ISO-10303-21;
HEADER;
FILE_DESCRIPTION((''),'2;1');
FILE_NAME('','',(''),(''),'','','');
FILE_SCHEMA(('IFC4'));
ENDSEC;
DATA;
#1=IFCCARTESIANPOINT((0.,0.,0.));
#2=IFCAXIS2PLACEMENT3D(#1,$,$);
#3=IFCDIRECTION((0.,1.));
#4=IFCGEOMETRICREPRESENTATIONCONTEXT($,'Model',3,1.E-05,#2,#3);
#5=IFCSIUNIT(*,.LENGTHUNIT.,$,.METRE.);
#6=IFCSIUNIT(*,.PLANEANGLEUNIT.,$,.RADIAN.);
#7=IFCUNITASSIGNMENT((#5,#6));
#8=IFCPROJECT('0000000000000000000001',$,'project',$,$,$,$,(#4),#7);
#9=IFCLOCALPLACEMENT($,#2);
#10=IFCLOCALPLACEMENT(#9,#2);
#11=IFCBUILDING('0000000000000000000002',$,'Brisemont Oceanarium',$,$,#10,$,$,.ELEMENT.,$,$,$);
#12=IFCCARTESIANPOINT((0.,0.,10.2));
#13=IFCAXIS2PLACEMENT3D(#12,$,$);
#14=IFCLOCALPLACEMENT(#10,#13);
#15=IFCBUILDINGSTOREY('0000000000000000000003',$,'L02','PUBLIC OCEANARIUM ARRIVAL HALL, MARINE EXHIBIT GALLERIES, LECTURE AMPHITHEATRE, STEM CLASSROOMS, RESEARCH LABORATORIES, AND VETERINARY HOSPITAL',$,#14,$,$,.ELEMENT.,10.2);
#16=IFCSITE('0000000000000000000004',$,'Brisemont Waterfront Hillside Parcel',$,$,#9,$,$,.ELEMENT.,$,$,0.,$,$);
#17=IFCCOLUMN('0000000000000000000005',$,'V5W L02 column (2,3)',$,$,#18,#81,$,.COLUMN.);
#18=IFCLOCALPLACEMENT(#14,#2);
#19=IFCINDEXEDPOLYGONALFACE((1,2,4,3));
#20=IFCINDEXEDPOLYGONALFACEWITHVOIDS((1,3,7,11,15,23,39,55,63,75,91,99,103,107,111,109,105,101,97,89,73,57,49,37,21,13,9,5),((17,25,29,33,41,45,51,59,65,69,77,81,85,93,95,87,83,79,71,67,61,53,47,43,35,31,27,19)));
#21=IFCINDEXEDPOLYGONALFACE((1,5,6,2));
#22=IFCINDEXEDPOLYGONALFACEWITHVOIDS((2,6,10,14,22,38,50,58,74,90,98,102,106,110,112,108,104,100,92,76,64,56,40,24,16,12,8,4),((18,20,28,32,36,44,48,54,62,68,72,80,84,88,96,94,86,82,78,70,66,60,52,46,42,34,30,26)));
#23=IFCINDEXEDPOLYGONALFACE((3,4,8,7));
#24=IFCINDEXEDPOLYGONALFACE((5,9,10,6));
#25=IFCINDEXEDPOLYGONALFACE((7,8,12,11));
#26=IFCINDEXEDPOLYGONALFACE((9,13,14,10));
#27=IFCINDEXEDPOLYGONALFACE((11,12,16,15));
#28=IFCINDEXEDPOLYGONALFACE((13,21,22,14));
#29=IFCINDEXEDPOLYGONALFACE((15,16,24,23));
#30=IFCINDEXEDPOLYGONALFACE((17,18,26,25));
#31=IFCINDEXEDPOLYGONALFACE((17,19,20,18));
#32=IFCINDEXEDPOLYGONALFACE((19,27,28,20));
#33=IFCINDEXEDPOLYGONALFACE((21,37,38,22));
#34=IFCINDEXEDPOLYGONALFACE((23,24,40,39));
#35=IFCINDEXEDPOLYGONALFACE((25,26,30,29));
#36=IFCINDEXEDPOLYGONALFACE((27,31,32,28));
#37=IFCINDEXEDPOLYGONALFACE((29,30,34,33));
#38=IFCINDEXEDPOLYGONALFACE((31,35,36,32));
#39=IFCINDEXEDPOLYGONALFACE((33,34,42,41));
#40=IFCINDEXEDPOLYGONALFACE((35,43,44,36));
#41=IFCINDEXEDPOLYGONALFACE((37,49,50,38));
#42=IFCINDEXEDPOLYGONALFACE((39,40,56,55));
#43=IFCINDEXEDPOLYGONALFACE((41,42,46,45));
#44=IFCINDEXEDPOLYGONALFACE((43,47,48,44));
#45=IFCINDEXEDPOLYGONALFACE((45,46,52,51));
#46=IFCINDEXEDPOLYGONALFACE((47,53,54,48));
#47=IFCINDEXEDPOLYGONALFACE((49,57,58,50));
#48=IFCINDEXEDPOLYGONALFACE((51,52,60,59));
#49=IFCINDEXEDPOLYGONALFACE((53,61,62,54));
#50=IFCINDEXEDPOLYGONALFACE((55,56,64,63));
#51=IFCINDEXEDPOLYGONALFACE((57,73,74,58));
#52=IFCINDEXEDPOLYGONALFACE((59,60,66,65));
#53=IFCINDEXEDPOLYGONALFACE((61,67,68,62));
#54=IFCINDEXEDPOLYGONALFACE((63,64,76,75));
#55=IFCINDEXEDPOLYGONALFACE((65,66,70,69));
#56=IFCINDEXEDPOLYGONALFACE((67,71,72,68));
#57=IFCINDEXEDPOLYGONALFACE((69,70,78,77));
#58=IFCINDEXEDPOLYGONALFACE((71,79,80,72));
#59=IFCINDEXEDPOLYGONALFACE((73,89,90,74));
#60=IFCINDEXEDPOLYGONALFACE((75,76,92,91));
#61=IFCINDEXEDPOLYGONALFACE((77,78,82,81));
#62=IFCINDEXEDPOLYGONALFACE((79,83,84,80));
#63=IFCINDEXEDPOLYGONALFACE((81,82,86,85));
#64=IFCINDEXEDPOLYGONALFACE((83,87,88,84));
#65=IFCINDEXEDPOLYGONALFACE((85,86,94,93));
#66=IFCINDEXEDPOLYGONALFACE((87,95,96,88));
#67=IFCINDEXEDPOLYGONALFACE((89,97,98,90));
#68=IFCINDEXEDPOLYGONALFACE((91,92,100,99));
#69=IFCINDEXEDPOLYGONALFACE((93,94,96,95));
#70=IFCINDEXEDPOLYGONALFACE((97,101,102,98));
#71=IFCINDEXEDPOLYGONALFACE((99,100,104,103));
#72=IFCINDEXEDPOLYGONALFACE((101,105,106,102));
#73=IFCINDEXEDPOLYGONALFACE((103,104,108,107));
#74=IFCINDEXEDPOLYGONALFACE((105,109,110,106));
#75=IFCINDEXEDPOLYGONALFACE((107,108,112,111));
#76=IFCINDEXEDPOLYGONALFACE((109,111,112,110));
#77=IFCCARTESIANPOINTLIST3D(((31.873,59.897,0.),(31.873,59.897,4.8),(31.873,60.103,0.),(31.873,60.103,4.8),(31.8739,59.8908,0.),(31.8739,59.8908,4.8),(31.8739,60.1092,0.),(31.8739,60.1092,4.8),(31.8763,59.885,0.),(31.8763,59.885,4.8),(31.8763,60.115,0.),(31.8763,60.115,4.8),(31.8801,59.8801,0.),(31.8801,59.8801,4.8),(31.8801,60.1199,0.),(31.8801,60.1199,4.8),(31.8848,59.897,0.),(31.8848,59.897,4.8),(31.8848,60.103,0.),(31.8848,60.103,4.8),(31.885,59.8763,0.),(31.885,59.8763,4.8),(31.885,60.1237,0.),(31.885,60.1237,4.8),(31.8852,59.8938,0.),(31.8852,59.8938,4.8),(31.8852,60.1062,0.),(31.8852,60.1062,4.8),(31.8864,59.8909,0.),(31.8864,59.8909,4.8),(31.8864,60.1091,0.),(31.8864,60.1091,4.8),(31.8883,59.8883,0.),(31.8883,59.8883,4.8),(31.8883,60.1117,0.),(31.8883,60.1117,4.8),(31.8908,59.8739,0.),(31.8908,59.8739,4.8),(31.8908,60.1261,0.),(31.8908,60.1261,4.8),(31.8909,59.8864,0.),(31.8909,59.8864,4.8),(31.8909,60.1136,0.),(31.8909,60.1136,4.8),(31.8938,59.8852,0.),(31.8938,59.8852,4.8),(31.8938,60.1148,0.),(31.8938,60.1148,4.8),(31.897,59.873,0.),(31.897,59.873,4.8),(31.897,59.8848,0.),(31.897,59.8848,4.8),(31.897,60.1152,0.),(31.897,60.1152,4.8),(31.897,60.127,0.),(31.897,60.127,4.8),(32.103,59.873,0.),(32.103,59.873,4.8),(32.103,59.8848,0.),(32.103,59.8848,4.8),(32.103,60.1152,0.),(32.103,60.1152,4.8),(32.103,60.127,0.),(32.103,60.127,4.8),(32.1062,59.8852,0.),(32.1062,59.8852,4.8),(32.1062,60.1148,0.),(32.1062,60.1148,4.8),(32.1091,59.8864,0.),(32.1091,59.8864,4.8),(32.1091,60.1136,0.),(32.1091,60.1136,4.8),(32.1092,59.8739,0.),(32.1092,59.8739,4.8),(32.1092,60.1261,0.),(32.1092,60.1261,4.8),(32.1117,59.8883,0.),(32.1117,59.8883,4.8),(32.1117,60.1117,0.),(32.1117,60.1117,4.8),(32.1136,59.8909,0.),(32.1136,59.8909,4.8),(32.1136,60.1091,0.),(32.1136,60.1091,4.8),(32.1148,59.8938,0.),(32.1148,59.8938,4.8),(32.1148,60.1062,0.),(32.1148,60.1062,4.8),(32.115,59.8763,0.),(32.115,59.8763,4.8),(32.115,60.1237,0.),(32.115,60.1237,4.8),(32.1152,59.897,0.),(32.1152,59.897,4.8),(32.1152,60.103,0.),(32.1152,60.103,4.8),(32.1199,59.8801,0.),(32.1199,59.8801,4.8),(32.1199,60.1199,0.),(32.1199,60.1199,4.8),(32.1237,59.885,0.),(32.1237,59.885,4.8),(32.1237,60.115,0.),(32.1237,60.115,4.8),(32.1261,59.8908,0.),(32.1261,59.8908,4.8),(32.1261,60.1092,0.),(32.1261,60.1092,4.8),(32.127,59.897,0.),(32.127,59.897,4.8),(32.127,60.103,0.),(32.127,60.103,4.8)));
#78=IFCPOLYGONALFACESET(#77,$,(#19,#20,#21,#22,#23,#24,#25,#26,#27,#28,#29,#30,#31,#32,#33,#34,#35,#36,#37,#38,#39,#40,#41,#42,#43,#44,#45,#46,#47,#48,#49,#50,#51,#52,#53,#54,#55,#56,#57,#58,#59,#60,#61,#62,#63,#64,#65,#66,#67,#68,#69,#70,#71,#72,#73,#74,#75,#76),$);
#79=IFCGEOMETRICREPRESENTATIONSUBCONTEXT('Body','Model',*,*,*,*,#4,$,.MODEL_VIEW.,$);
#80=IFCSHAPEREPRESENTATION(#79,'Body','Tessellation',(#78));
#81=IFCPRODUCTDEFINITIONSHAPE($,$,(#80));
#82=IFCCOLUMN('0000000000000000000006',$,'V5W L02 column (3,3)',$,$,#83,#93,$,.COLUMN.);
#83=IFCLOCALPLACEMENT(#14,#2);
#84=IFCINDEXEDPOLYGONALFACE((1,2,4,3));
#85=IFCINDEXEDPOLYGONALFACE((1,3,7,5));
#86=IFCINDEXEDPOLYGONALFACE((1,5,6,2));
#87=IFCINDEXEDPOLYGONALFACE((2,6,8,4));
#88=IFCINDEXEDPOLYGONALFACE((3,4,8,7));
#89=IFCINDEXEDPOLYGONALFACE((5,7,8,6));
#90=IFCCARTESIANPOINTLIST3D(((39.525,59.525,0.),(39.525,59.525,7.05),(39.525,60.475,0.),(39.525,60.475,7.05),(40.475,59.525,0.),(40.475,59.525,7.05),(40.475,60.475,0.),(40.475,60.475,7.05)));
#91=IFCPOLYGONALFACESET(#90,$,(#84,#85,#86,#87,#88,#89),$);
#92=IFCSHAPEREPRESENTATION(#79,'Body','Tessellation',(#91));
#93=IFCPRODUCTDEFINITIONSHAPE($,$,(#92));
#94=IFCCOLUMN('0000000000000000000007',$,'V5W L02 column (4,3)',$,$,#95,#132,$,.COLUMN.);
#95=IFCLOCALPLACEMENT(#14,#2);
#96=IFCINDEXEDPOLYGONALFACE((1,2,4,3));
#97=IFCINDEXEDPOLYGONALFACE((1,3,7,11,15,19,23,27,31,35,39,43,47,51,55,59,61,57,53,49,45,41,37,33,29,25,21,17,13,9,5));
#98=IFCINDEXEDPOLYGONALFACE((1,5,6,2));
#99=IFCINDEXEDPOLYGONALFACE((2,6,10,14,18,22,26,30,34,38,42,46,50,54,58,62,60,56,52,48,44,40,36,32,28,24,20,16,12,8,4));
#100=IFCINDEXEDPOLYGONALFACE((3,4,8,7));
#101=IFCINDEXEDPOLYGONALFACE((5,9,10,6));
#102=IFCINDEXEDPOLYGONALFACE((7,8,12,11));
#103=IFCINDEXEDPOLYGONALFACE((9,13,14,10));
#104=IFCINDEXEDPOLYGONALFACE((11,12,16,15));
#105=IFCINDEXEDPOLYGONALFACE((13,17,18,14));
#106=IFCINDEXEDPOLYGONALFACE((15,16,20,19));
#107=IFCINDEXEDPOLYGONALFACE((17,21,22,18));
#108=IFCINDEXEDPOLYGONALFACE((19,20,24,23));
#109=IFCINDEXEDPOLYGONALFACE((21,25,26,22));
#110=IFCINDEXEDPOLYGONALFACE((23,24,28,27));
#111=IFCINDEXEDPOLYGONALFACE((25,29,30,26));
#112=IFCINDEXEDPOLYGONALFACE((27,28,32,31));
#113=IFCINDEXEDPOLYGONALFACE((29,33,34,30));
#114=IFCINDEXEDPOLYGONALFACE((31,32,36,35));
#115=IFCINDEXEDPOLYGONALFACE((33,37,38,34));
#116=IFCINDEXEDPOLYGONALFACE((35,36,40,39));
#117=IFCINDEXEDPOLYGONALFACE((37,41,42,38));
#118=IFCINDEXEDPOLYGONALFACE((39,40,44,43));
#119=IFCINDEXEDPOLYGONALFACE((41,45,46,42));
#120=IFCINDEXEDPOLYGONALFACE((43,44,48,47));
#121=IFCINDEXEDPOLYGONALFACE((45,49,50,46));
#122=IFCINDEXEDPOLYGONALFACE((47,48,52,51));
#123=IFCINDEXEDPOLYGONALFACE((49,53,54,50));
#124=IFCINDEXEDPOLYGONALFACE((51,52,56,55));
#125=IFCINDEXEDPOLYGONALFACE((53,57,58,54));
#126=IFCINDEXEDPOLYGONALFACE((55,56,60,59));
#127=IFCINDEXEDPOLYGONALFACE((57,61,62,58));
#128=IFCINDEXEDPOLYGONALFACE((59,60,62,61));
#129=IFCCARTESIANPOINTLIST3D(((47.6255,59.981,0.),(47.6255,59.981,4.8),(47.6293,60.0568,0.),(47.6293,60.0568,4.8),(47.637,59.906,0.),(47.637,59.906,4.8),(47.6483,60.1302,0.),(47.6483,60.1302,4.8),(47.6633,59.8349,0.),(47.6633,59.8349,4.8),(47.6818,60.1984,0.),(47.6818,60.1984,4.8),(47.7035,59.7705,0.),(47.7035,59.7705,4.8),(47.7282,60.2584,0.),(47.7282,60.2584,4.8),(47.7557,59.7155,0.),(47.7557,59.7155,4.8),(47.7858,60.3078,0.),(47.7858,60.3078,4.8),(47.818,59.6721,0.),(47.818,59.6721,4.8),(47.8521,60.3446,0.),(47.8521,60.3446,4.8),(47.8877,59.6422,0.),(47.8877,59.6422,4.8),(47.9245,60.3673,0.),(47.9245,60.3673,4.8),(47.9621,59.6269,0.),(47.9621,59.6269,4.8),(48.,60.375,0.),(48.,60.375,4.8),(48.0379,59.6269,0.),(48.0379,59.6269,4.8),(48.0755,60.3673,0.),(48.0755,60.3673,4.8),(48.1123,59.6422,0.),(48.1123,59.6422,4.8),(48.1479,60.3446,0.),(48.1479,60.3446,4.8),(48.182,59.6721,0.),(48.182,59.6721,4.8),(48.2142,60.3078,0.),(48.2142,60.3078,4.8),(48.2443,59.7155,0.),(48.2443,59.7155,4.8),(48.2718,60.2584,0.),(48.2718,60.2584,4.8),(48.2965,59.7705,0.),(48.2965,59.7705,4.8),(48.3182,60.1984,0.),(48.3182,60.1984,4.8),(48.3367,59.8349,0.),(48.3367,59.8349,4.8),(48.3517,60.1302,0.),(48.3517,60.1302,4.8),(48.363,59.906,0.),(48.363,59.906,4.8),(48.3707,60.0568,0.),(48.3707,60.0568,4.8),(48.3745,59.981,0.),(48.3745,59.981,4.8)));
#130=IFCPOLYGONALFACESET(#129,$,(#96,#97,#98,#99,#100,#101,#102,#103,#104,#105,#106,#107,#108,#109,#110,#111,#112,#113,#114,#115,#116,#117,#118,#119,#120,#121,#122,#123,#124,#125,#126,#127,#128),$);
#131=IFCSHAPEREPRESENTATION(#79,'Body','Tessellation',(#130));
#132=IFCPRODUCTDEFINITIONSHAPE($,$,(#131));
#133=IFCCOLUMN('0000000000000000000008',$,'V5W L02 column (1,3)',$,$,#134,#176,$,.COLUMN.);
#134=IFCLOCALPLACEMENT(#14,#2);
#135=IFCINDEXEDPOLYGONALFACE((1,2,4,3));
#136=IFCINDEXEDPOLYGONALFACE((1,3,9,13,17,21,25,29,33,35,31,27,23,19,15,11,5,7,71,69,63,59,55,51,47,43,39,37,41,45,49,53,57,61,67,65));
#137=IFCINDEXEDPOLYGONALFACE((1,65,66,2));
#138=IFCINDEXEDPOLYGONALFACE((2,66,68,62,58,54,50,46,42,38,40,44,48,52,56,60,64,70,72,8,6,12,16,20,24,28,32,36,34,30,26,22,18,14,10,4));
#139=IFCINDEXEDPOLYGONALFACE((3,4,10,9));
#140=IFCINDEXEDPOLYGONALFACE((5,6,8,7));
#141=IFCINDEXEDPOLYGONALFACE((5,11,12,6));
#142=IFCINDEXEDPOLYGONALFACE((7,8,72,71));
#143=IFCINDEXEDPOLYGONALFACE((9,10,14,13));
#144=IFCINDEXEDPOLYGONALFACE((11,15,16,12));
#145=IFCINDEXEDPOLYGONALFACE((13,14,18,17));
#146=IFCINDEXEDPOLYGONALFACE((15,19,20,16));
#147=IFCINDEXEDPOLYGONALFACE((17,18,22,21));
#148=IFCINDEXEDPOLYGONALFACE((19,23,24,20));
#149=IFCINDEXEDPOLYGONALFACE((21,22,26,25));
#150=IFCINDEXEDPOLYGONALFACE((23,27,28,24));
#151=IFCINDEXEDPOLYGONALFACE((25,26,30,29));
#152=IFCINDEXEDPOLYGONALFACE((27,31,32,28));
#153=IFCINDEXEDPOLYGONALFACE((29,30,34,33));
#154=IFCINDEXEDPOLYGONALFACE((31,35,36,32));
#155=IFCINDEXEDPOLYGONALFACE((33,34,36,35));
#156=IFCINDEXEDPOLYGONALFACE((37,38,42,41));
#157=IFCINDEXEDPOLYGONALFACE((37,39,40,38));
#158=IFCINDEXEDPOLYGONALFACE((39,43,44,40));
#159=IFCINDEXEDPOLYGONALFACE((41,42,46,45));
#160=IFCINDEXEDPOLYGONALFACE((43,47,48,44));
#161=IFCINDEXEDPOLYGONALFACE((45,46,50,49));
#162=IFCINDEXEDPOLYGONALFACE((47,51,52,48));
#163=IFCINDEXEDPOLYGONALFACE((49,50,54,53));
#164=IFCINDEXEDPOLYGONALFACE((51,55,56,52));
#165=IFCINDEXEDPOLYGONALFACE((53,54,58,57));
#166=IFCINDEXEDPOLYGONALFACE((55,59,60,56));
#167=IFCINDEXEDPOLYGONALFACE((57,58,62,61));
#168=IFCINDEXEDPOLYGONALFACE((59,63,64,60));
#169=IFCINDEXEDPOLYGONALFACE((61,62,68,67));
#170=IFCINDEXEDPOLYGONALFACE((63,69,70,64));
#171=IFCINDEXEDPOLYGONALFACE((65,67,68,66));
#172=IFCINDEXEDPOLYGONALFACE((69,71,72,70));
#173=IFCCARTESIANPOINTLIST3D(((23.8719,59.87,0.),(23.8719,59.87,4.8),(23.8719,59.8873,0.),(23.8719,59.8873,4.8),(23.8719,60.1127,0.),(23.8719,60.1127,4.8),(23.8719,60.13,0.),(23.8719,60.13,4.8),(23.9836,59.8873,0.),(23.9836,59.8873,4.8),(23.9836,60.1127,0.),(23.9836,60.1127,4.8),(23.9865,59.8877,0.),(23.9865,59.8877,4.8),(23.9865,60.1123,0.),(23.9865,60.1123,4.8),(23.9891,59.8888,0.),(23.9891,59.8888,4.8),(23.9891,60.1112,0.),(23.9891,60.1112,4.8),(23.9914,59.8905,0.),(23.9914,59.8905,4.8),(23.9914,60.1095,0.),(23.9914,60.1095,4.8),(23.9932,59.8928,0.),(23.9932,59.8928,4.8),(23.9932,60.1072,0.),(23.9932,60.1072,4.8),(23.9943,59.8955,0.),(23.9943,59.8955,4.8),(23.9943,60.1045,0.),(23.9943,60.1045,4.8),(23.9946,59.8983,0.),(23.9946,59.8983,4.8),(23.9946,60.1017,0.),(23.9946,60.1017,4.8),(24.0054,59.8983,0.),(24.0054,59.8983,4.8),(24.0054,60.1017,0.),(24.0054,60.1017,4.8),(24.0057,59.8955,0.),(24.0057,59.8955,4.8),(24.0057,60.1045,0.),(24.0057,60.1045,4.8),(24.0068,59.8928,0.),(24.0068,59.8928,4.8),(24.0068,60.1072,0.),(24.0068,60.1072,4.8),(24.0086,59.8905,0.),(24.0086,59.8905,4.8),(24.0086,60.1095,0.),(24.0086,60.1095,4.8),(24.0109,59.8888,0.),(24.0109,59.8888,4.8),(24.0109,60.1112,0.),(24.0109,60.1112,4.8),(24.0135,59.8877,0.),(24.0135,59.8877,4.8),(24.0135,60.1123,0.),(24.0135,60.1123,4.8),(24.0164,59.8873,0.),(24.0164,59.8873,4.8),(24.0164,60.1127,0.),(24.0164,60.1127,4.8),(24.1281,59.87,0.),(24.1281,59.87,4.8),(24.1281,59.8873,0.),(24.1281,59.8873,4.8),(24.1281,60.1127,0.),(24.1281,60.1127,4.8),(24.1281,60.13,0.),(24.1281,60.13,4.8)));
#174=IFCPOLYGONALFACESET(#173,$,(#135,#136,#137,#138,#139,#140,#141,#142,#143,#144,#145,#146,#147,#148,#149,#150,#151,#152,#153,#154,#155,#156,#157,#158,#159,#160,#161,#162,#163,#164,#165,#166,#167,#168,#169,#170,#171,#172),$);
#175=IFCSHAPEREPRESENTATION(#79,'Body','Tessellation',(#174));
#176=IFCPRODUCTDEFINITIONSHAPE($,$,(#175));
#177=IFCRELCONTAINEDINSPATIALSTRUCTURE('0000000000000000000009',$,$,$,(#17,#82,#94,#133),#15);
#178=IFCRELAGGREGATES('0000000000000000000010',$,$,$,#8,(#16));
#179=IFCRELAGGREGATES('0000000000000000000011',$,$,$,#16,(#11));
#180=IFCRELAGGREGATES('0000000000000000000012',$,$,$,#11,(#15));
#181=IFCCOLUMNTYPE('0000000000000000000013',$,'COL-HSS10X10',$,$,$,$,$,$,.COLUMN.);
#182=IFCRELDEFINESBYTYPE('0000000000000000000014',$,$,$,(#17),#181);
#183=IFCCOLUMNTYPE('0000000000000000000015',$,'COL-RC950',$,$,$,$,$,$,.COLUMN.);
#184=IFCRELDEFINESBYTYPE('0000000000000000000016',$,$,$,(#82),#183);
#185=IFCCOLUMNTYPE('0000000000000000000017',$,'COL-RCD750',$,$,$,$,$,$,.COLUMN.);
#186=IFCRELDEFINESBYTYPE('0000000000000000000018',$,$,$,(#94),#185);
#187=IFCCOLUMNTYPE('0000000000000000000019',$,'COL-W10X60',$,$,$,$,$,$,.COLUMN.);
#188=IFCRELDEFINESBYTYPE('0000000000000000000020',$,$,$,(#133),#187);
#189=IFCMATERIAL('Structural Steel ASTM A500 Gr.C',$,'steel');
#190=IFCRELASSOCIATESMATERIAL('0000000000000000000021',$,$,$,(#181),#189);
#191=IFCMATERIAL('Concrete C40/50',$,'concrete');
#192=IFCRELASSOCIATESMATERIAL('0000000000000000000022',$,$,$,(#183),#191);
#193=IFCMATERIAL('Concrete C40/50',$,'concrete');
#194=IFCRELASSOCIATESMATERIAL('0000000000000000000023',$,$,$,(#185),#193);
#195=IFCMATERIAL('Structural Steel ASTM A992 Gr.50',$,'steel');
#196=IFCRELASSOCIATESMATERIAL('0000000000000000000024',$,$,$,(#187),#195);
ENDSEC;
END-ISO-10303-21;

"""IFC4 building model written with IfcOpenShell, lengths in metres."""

from ifc_helpers import new_model, si_unit, direction, frame, origin, origin_2d, place, context, subcontext, project, spatial, rectangle, hollow_rectangle, circle, i_section, extrude, material, material_profile, profile_set, type_object, element, save


model = new_model("IFC4")

# Units and contexts
model_context = context("Model", 3, precision=1e-05, world=origin(), true_north=direction((0.0, 1.0)))
body_context = subcontext(model_context, "Body", "Model", "MODEL_VIEW")
ifc_project = project(units=[si_unit("LENGTHUNIT", "METRE"), si_unit("PLANEANGLEUNIT", "RADIAN")], contexts=[model_context])

# Site, building, storey
site_placement = place(None, origin())
site = spatial("IfcSite", under=ifc_project, at=site_placement, Name="Brisemont Waterfront Hillside Parcel", CompositionType="ELEMENT", RefElevation=0.0)
building_placement = place(site_placement, origin())
building = spatial("IfcBuilding", under=site, at=building_placement, Name="Brisemont Oceanarium", CompositionType="ELEMENT")
storey_placement = place(building_placement, frame((0.0, 0.0, 10.2)))
storey = spatial("IfcBuildingStorey", under=building, at=storey_placement, Name="L02", Description="PUBLIC OCEANARIUM ARRIVAL HALL, MARINE EXHIBIT GALLERIES, LECTURE AMPHITHEATRE, STEM CLASSROOMS, RESEARCH LABORATORIES, AND VETERINARY HOSPITAL", CompositionType="ELEMENT", Elevation=10.2)

# Columns
ifc_material_1 = material(Name="Structural Steel ASTM A500 Gr.C", Category="steel")
ifc_material_profile_1 = material_profile(ifc_material_1, hollow_rectangle(XDim=0.2539, YDim=0.2539, WallThickness=0.0117, InnerFilletRadius=0.0122, OuterFilletRadius=0.0239, at=origin_2d()), Name="HSS10X10X1/2")
ifc_profile_set_1 = profile_set([ifc_material_profile_1], Name="Structural Steel ASTM A500 Gr.C")
column_type_1 = type_object("IfcColumnType", Name="COL-HSS10X10", PredefinedType="COLUMN", material=ifc_profile_set_1)
column_1_placement = place(storey_placement, frame((32.0, 60.0, 0.0), z_axis=(0.0, 0.0, 1.0), x_axis=(0.0, 1.0, 0.0)))
element("IfcColumn", 1, at=column_1_placement, inside=storey, type_object=column_type_1, Name="V5W L02 column (2,3)", PredefinedType="COLUMN", context=body_context, shape_type="SweptSolid", body=[
    extrude(hollow_rectangle(XDim=0.2539, YDim=0.2539, WallThickness=0.0117, InnerFilletRadius=0.0122, OuterFilletRadius=0.0239, at=origin_2d()), origin(), (0.0, 0.0, 1.0), 4.8),
])
ifc_material_2 = material(Name="Concrete C40/50", Category="concrete")
ifc_material_profile_2 = material_profile(ifc_material_2, rectangle(XDim=0.95, YDim=0.95, at=origin_2d()), Name="RC-COL-950X950")
ifc_profile_set_2 = profile_set([ifc_material_profile_2], Name="Concrete C40/50")
column_type_2 = type_object("IfcColumnType", Name="COL-RC950", PredefinedType="COLUMN", material=ifc_profile_set_2)
column_2_placement = place(storey_placement, frame((40.0, 60.0, 0.0), z_axis=(0.0, 0.0, 1.0), x_axis=(1.0, 0.0, 0.0)))
element("IfcColumn", 2, at=column_2_placement, inside=storey, type_object=column_type_2, Name="V5W L02 column (3,3)", PredefinedType="COLUMN", context=body_context, shape_type="SweptSolid", body=[
    extrude(rectangle(XDim=0.95, YDim=0.95, at=origin_2d()), origin(), (0.0, 0.0, 1.0), 7.05),
])
ifc_material_3 = material(Name="Concrete C40/50", Category="concrete")
ifc_material_profile_3 = material_profile(ifc_material_3, circle(Radius=0.375, at=origin_2d()), Name="RC-COL-D750")
ifc_profile_set_3 = profile_set([ifc_material_profile_3], Name="Concrete C40/50")
column_type_3 = type_object("IfcColumnType", Name="COL-RCD750", PredefinedType="COLUMN", material=ifc_profile_set_3)
column_3_placement = place(storey_placement, frame((48.0, 60.0, 0.0), z_axis=(0.0, 0.0, 1.0), x_axis=(0.0, 1.0, 0.0)))
element("IfcColumn", 3, at=column_3_placement, inside=storey, type_object=column_type_3, Name="V5W L02 column (4,3)", PredefinedType="COLUMN", context=body_context, shape_type="SweptSolid", body=[
    extrude(circle(Radius=0.375, at=origin_2d()), origin(), (0.0, 0.0, 1.0), 4.8),
])
ifc_material_4 = material(Name="Structural Steel ASTM A992 Gr.50", Category="steel")
ifc_material_profile_4 = material_profile(ifc_material_4, i_section(OverallWidth=0.2561, OverallDepth=0.26, WebThickness=0.0107, FlangeThickness=0.0173, FilletRadius=0.011, at=origin_2d()), Name="W10X60")
ifc_profile_set_4 = profile_set([ifc_material_profile_4], Name="Structural Steel ASTM A992 Gr.50")
column_type_4 = type_object("IfcColumnType", Name="COL-W10X60", PredefinedType="COLUMN", material=ifc_profile_set_4)
column_4_placement = place(storey_placement, frame((24.0, 60.0, 0.0), z_axis=(0.0, 0.0, 1.0), x_axis=(1.0, 0.0, 0.0)))
element("IfcColumn", 4, at=column_4_placement, inside=storey, type_object=column_type_4, Name="V5W L02 column (1,3)", PredefinedType="COLUMN", context=body_context, shape_type="SweptSolid", body=[
    extrude(i_section(OverallWidth=0.2561, OverallDepth=0.26, WebThickness=0.0107, FlangeThickness=0.0173, FilletRadius=0.011, at=origin_2d()), origin(), (0.0, 0.0, 1.0), 4.8),
])

save(model, "model.ifc")
